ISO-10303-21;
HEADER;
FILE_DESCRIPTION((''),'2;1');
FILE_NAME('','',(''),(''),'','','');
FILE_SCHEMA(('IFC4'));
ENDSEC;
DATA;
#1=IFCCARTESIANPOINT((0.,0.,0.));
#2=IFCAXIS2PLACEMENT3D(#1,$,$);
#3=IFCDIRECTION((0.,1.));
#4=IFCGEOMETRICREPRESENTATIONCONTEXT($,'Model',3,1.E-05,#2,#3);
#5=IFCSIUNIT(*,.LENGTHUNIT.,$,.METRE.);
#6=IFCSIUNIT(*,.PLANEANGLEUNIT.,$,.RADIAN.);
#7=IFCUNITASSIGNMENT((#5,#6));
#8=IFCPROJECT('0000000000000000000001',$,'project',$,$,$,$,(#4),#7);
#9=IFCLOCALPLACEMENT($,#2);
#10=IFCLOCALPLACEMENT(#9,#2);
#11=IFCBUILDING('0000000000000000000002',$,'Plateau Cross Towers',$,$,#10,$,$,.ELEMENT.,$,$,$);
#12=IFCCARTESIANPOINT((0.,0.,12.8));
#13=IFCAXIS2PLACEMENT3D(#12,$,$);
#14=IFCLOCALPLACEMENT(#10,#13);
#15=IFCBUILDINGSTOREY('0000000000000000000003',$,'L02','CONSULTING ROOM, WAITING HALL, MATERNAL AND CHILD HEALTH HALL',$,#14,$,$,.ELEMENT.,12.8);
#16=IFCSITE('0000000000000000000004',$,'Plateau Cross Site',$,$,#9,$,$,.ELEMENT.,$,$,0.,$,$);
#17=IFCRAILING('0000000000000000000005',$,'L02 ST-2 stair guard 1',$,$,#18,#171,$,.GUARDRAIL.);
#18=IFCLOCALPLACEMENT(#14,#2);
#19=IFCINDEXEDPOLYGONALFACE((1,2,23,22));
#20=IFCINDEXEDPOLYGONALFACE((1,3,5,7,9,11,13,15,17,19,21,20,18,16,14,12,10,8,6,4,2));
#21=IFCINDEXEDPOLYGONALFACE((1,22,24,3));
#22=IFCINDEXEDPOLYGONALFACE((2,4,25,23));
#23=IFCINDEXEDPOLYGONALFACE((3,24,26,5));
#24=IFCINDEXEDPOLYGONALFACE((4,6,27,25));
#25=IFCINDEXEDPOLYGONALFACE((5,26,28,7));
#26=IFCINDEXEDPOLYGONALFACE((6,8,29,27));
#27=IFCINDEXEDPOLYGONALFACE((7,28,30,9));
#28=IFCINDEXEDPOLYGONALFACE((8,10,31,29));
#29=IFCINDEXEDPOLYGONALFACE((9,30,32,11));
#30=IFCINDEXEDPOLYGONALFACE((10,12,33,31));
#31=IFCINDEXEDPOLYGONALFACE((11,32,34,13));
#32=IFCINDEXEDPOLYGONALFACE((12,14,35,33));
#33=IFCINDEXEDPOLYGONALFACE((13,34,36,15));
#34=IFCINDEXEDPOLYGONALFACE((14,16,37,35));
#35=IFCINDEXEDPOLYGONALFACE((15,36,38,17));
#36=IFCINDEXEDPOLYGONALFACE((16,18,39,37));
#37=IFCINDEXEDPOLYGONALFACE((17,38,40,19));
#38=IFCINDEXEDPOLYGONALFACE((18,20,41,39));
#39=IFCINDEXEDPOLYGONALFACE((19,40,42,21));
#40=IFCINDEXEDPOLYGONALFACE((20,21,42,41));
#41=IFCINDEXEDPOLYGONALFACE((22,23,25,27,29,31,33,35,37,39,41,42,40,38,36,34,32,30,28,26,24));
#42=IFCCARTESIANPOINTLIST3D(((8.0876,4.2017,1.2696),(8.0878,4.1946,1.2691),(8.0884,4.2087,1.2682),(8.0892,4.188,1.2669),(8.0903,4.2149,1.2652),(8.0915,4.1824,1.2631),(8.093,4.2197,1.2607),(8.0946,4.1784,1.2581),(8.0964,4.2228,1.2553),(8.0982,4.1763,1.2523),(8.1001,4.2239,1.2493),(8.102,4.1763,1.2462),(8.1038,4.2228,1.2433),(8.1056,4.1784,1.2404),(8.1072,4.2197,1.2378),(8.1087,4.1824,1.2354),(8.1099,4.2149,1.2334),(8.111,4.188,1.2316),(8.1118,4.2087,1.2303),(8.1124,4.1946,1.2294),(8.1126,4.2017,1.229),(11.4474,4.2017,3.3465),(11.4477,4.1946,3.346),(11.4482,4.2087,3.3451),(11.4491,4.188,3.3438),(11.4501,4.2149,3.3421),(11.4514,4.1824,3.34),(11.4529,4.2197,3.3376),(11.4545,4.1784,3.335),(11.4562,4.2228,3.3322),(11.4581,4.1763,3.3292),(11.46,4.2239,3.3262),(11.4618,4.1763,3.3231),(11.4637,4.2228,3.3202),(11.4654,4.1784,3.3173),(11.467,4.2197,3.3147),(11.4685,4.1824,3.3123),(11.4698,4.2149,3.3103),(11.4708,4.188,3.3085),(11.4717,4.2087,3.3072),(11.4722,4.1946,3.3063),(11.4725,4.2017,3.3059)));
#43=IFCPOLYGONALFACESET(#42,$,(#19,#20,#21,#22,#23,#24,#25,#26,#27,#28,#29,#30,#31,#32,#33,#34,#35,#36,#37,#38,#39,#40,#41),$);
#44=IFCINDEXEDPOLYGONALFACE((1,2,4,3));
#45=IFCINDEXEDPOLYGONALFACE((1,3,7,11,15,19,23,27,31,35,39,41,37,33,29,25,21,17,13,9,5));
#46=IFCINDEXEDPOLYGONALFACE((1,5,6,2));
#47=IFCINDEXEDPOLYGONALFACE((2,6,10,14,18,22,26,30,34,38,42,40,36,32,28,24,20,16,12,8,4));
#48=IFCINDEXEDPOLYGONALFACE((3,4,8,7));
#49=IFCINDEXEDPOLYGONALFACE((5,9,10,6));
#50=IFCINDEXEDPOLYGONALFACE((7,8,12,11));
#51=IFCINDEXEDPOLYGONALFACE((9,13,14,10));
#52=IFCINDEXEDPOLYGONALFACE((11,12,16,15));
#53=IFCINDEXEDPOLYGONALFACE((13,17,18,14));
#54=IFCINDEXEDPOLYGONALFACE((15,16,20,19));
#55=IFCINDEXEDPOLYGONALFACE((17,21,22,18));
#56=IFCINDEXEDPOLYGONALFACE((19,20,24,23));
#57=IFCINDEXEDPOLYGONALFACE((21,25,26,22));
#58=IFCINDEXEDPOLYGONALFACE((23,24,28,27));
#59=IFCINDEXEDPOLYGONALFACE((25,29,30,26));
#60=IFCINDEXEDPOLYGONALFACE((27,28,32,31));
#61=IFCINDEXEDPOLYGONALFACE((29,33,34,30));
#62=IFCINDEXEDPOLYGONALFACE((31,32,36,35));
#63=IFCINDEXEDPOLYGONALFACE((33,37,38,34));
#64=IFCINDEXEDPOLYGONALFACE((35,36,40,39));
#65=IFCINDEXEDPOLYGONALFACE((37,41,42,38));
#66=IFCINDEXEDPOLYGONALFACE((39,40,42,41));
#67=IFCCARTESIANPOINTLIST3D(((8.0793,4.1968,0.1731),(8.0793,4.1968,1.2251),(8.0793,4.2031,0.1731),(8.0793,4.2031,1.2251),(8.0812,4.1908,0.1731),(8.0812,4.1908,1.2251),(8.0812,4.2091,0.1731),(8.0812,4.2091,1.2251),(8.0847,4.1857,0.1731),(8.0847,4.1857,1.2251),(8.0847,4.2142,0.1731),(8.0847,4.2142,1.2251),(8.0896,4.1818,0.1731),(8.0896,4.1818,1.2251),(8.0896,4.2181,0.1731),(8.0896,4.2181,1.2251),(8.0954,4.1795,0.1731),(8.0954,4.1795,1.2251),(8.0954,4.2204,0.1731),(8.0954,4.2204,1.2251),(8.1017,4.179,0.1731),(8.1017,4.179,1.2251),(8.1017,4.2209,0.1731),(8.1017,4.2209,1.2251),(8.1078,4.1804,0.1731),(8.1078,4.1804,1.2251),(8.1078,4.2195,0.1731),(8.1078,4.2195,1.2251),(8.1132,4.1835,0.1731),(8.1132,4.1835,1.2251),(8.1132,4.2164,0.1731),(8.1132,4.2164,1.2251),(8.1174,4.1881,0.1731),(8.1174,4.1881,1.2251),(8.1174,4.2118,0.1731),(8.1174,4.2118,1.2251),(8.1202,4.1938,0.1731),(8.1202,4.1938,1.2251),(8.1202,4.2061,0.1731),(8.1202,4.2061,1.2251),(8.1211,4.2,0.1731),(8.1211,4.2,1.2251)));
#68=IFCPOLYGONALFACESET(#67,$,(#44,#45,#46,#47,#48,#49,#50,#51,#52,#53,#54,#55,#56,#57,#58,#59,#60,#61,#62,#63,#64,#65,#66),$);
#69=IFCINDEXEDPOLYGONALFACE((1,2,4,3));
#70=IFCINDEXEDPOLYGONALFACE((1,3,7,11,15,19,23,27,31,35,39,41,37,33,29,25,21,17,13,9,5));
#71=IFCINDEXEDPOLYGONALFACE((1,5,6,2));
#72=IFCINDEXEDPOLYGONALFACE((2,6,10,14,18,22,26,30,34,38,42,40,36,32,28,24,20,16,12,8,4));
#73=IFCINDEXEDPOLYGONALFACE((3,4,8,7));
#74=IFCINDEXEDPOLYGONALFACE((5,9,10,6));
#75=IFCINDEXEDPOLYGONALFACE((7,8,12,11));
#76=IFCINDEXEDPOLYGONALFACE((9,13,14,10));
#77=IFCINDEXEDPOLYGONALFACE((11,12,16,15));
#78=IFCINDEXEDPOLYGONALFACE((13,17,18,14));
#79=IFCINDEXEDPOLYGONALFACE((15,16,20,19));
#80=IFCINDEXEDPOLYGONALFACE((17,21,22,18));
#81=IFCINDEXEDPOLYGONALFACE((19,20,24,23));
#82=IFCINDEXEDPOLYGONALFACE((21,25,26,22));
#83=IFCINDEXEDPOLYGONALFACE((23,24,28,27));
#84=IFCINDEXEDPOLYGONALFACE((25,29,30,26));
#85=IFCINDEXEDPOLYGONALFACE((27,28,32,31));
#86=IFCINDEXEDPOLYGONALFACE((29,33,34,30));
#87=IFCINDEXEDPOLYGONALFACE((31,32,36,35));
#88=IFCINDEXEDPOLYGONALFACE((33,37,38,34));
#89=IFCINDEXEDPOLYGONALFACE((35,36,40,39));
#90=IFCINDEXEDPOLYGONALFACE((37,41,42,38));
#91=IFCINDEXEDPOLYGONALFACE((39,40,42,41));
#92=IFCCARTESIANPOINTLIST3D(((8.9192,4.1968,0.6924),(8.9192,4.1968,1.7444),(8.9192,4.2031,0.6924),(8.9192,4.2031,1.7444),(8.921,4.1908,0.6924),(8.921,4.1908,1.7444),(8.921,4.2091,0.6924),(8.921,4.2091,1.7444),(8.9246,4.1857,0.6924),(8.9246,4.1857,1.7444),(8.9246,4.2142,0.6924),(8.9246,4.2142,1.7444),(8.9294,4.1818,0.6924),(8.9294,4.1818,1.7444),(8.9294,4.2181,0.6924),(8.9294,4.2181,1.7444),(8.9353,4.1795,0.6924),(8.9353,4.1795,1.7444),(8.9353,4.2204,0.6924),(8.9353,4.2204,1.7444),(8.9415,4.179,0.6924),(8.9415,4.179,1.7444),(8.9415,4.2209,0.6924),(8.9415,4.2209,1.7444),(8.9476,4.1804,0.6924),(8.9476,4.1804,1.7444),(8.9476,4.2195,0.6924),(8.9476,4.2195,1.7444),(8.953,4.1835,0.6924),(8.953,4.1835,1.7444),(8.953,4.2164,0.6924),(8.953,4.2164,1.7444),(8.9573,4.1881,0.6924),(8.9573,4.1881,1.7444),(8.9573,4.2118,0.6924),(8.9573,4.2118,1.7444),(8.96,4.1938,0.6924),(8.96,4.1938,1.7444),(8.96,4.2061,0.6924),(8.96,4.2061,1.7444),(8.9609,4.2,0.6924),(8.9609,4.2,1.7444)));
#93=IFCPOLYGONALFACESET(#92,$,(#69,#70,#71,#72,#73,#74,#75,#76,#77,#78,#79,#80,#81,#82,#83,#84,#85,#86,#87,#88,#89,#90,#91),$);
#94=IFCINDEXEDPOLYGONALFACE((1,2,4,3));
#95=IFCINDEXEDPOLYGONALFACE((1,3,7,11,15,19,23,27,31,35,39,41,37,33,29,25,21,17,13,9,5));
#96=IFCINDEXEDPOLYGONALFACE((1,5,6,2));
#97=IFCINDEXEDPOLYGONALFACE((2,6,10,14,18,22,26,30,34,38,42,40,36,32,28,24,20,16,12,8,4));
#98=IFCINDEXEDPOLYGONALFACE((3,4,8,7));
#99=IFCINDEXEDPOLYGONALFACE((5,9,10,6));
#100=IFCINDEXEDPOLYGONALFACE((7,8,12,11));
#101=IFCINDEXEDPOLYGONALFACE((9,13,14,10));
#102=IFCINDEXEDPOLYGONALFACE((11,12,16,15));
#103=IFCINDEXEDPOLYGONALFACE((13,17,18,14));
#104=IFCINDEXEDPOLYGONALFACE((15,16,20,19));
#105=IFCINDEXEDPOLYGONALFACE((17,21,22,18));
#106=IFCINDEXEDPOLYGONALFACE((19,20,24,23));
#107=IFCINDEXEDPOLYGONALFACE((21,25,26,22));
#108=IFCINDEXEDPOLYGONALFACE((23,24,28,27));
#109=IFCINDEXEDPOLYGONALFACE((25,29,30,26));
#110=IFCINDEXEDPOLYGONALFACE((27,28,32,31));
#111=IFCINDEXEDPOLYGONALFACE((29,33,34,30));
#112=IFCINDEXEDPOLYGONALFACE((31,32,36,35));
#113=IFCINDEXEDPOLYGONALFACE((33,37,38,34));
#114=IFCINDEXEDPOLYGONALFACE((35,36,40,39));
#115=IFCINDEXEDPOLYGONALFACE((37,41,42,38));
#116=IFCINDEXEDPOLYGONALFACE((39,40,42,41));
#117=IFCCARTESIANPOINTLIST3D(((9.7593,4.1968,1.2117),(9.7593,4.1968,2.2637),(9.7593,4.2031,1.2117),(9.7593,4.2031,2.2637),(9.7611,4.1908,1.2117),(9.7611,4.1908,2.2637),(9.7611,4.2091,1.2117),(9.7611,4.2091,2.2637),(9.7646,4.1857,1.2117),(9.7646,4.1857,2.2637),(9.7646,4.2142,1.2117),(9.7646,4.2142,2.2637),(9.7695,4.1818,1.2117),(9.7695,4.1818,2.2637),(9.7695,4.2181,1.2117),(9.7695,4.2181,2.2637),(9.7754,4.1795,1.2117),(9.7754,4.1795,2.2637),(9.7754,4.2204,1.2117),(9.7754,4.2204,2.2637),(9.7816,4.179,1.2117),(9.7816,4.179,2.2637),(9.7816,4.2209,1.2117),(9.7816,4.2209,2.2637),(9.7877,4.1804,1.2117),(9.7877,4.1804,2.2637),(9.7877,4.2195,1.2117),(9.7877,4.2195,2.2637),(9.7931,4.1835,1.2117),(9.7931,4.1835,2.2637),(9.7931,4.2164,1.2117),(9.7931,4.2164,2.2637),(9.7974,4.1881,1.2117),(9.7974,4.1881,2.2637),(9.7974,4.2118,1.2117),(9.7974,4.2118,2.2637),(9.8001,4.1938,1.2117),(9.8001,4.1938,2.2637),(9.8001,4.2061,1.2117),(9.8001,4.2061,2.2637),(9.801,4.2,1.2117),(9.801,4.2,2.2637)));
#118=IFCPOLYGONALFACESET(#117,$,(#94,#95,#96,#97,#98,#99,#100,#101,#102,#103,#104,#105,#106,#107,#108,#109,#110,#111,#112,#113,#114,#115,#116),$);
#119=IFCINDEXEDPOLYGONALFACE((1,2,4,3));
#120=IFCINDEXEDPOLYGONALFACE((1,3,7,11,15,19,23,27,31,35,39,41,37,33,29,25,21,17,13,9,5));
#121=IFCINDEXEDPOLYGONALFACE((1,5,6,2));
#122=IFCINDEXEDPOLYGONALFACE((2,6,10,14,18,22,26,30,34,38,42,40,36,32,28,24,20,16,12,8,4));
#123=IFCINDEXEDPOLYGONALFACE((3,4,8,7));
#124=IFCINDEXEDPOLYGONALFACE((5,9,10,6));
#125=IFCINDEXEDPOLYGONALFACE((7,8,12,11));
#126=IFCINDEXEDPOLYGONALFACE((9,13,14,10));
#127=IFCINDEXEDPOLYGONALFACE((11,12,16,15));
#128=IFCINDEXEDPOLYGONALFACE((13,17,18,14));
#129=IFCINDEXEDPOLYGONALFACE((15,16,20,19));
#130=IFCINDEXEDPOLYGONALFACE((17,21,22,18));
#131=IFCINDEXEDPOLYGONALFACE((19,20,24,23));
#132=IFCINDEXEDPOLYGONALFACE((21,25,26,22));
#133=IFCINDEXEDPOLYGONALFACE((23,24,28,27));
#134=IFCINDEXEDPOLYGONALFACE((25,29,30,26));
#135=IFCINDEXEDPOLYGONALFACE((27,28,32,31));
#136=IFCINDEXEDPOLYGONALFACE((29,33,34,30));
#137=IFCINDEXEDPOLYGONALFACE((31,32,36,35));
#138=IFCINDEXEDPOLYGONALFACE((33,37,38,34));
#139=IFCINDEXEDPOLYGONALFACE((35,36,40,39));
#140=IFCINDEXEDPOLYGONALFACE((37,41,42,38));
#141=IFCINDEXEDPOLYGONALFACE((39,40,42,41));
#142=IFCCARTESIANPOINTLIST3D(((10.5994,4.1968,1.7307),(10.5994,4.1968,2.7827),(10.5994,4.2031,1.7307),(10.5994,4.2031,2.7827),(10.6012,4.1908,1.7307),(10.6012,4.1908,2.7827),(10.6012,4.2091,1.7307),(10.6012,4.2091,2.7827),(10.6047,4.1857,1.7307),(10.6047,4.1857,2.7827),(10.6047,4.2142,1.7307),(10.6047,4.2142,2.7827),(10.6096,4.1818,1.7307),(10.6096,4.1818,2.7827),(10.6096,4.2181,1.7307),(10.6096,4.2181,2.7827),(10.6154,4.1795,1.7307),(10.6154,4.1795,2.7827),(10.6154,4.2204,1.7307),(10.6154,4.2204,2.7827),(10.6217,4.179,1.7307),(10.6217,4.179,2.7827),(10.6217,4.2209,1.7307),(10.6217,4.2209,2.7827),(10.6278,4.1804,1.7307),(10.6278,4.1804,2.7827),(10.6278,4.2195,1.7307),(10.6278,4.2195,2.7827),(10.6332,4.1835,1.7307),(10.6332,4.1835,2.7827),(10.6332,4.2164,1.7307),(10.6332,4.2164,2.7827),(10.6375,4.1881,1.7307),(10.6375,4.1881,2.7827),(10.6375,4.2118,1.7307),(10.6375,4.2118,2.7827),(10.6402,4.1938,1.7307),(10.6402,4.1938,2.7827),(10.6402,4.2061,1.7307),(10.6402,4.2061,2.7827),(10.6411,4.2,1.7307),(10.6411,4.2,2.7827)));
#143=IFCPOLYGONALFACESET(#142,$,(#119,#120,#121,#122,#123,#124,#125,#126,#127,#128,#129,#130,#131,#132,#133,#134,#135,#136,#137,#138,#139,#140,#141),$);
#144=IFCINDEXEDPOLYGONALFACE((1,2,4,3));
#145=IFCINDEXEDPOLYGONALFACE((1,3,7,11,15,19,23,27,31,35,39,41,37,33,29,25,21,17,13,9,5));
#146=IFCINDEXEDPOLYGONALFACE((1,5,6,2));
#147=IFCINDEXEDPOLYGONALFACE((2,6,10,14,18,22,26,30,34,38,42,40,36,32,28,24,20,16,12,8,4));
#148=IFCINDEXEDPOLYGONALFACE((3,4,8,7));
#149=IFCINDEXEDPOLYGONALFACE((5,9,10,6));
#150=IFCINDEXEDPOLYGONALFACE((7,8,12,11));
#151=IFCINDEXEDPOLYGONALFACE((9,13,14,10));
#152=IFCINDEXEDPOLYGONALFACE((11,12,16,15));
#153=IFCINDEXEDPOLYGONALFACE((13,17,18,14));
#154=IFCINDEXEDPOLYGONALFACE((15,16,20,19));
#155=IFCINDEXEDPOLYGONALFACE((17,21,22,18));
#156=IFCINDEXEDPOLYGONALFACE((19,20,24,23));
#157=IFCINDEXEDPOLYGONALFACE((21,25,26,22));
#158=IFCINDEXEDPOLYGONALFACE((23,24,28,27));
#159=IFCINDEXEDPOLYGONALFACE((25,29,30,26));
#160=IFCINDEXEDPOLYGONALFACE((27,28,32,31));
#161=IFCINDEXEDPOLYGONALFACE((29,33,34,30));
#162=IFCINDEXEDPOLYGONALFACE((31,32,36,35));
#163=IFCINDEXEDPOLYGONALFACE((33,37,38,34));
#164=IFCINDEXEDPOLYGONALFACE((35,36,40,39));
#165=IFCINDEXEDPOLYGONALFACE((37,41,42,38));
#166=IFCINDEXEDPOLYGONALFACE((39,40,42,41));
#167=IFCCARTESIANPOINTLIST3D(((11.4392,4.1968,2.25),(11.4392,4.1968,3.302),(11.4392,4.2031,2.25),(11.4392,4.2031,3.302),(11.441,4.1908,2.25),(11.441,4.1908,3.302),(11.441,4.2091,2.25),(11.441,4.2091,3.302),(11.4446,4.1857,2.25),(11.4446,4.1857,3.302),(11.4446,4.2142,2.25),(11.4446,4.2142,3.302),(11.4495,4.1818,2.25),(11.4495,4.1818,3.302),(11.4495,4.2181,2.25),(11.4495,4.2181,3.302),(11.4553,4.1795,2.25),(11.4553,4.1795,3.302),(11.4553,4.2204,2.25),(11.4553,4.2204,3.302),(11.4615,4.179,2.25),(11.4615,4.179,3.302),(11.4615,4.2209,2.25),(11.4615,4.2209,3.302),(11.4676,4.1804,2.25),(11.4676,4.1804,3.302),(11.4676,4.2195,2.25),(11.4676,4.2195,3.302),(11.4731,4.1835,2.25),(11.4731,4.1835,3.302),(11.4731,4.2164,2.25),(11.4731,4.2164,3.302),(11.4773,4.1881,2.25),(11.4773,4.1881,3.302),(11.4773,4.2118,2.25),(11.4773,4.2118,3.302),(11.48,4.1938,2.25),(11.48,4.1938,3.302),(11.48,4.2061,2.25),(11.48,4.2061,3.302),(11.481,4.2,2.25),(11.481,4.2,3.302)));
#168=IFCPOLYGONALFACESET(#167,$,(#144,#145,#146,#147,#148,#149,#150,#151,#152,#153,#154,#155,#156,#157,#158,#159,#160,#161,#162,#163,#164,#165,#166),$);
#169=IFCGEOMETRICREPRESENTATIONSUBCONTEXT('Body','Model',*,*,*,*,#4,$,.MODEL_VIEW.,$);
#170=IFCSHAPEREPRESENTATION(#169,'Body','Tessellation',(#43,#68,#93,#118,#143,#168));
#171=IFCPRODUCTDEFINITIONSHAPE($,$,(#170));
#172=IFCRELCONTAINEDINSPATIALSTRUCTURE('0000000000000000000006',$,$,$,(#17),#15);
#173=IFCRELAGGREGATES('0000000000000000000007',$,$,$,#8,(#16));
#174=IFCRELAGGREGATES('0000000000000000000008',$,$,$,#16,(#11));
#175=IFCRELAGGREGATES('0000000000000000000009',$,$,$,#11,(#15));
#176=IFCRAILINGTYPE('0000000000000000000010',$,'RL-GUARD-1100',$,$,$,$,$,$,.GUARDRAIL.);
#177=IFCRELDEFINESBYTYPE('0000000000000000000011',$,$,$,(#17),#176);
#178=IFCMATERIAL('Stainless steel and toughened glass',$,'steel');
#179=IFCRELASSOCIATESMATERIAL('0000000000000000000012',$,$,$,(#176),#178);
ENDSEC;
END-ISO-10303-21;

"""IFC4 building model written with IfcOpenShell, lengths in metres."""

from ifc_helpers import new_model, si_unit, direction, frame, origin, origin_2d, place, context, subcontext, project, spatial, circle, extrude, material, type_object, element, save


model = new_model("IFC4")

# Units and contexts
model_context = context("Model", 3, precision=1e-05, world=origin(), true_north=direction((0.0, 1.0)))
body_context = subcontext(model_context, "Body", "Model", "MODEL_VIEW")
ifc_project = project(units=[si_unit("LENGTHUNIT", "METRE"), si_unit("PLANEANGLEUNIT", "RADIAN")], contexts=[model_context])

# Site, building, storey
site_placement = place(None, origin())
site = spatial("IfcSite", under=ifc_project, at=site_placement, Name="Plateau Cross Site", CompositionType="ELEMENT", RefElevation=0.0)
building_placement = place(site_placement, origin())
building = spatial("IfcBuilding", under=site, at=building_placement, Name="Plateau Cross Towers", CompositionType="ELEMENT")
storey_placement = place(building_placement, frame((0.0, 0.0, 12.8)))
storey = spatial("IfcBuildingStorey", under=building, at=storey_placement, Name="L02", Description="CONSULTING ROOM, WAITING HALL, MATERNAL AND CHILD HEALTH HALL", CompositionType="ELEMENT", Elevation=12.8)

# Railing
ifc_material_1 = material(Name="Stainless steel and toughened glass", Category="steel")
railing_type_1 = type_object("IfcRailingType", Name="RL-GUARD-1100", PredefinedType="GUARDRAIL", material=ifc_material_1)
railing_1_placement = place(storey_placement, frame((8.1001, 4.2, 0.1731)))
element("IfcRailing", 1, at=railing_1_placement, inside=storey, type_object=railing_type_1, Name="L02 ST-2 stair guard 1", PredefinedType="GUARDRAIL", context=body_context, shape_type="SweptSolid", body=[
    extrude(circle(Radius=0.0239, at=origin_2d()), frame((0.0, 0.0, 1.0762), z_axis=(0.850606, 0.0, 0.525803), x_axis=(0.0, 1.0, 0.0)), (0.0, 0.0, 1.0), 3.95),
    extrude(circle(Radius=0.021, at=origin_2d()), origin(), (0.0, 0.0, 1.0), 1.052),
    extrude(circle(Radius=0.021, at=origin_2d()), frame((0.8398, 0.0, 0.5193)), (0.0, 0.0, 1.0), 1.052),
    extrude(circle(Radius=0.021, at=origin_2d()), frame((1.6799, 0.0, 1.0386)), (0.0, 0.0, 1.0), 1.052),
    extrude(circle(Radius=0.021, at=origin_2d()), frame((2.52, 0.0, 1.5576)), (0.0, 0.0, 1.0), 1.052),
    extrude(circle(Radius=0.021, at=origin_2d()), frame((3.3599, 0.0, 2.0769)), (0.0, 0.0, 1.0), 1.052),
])

save(model, "model.ifc")
